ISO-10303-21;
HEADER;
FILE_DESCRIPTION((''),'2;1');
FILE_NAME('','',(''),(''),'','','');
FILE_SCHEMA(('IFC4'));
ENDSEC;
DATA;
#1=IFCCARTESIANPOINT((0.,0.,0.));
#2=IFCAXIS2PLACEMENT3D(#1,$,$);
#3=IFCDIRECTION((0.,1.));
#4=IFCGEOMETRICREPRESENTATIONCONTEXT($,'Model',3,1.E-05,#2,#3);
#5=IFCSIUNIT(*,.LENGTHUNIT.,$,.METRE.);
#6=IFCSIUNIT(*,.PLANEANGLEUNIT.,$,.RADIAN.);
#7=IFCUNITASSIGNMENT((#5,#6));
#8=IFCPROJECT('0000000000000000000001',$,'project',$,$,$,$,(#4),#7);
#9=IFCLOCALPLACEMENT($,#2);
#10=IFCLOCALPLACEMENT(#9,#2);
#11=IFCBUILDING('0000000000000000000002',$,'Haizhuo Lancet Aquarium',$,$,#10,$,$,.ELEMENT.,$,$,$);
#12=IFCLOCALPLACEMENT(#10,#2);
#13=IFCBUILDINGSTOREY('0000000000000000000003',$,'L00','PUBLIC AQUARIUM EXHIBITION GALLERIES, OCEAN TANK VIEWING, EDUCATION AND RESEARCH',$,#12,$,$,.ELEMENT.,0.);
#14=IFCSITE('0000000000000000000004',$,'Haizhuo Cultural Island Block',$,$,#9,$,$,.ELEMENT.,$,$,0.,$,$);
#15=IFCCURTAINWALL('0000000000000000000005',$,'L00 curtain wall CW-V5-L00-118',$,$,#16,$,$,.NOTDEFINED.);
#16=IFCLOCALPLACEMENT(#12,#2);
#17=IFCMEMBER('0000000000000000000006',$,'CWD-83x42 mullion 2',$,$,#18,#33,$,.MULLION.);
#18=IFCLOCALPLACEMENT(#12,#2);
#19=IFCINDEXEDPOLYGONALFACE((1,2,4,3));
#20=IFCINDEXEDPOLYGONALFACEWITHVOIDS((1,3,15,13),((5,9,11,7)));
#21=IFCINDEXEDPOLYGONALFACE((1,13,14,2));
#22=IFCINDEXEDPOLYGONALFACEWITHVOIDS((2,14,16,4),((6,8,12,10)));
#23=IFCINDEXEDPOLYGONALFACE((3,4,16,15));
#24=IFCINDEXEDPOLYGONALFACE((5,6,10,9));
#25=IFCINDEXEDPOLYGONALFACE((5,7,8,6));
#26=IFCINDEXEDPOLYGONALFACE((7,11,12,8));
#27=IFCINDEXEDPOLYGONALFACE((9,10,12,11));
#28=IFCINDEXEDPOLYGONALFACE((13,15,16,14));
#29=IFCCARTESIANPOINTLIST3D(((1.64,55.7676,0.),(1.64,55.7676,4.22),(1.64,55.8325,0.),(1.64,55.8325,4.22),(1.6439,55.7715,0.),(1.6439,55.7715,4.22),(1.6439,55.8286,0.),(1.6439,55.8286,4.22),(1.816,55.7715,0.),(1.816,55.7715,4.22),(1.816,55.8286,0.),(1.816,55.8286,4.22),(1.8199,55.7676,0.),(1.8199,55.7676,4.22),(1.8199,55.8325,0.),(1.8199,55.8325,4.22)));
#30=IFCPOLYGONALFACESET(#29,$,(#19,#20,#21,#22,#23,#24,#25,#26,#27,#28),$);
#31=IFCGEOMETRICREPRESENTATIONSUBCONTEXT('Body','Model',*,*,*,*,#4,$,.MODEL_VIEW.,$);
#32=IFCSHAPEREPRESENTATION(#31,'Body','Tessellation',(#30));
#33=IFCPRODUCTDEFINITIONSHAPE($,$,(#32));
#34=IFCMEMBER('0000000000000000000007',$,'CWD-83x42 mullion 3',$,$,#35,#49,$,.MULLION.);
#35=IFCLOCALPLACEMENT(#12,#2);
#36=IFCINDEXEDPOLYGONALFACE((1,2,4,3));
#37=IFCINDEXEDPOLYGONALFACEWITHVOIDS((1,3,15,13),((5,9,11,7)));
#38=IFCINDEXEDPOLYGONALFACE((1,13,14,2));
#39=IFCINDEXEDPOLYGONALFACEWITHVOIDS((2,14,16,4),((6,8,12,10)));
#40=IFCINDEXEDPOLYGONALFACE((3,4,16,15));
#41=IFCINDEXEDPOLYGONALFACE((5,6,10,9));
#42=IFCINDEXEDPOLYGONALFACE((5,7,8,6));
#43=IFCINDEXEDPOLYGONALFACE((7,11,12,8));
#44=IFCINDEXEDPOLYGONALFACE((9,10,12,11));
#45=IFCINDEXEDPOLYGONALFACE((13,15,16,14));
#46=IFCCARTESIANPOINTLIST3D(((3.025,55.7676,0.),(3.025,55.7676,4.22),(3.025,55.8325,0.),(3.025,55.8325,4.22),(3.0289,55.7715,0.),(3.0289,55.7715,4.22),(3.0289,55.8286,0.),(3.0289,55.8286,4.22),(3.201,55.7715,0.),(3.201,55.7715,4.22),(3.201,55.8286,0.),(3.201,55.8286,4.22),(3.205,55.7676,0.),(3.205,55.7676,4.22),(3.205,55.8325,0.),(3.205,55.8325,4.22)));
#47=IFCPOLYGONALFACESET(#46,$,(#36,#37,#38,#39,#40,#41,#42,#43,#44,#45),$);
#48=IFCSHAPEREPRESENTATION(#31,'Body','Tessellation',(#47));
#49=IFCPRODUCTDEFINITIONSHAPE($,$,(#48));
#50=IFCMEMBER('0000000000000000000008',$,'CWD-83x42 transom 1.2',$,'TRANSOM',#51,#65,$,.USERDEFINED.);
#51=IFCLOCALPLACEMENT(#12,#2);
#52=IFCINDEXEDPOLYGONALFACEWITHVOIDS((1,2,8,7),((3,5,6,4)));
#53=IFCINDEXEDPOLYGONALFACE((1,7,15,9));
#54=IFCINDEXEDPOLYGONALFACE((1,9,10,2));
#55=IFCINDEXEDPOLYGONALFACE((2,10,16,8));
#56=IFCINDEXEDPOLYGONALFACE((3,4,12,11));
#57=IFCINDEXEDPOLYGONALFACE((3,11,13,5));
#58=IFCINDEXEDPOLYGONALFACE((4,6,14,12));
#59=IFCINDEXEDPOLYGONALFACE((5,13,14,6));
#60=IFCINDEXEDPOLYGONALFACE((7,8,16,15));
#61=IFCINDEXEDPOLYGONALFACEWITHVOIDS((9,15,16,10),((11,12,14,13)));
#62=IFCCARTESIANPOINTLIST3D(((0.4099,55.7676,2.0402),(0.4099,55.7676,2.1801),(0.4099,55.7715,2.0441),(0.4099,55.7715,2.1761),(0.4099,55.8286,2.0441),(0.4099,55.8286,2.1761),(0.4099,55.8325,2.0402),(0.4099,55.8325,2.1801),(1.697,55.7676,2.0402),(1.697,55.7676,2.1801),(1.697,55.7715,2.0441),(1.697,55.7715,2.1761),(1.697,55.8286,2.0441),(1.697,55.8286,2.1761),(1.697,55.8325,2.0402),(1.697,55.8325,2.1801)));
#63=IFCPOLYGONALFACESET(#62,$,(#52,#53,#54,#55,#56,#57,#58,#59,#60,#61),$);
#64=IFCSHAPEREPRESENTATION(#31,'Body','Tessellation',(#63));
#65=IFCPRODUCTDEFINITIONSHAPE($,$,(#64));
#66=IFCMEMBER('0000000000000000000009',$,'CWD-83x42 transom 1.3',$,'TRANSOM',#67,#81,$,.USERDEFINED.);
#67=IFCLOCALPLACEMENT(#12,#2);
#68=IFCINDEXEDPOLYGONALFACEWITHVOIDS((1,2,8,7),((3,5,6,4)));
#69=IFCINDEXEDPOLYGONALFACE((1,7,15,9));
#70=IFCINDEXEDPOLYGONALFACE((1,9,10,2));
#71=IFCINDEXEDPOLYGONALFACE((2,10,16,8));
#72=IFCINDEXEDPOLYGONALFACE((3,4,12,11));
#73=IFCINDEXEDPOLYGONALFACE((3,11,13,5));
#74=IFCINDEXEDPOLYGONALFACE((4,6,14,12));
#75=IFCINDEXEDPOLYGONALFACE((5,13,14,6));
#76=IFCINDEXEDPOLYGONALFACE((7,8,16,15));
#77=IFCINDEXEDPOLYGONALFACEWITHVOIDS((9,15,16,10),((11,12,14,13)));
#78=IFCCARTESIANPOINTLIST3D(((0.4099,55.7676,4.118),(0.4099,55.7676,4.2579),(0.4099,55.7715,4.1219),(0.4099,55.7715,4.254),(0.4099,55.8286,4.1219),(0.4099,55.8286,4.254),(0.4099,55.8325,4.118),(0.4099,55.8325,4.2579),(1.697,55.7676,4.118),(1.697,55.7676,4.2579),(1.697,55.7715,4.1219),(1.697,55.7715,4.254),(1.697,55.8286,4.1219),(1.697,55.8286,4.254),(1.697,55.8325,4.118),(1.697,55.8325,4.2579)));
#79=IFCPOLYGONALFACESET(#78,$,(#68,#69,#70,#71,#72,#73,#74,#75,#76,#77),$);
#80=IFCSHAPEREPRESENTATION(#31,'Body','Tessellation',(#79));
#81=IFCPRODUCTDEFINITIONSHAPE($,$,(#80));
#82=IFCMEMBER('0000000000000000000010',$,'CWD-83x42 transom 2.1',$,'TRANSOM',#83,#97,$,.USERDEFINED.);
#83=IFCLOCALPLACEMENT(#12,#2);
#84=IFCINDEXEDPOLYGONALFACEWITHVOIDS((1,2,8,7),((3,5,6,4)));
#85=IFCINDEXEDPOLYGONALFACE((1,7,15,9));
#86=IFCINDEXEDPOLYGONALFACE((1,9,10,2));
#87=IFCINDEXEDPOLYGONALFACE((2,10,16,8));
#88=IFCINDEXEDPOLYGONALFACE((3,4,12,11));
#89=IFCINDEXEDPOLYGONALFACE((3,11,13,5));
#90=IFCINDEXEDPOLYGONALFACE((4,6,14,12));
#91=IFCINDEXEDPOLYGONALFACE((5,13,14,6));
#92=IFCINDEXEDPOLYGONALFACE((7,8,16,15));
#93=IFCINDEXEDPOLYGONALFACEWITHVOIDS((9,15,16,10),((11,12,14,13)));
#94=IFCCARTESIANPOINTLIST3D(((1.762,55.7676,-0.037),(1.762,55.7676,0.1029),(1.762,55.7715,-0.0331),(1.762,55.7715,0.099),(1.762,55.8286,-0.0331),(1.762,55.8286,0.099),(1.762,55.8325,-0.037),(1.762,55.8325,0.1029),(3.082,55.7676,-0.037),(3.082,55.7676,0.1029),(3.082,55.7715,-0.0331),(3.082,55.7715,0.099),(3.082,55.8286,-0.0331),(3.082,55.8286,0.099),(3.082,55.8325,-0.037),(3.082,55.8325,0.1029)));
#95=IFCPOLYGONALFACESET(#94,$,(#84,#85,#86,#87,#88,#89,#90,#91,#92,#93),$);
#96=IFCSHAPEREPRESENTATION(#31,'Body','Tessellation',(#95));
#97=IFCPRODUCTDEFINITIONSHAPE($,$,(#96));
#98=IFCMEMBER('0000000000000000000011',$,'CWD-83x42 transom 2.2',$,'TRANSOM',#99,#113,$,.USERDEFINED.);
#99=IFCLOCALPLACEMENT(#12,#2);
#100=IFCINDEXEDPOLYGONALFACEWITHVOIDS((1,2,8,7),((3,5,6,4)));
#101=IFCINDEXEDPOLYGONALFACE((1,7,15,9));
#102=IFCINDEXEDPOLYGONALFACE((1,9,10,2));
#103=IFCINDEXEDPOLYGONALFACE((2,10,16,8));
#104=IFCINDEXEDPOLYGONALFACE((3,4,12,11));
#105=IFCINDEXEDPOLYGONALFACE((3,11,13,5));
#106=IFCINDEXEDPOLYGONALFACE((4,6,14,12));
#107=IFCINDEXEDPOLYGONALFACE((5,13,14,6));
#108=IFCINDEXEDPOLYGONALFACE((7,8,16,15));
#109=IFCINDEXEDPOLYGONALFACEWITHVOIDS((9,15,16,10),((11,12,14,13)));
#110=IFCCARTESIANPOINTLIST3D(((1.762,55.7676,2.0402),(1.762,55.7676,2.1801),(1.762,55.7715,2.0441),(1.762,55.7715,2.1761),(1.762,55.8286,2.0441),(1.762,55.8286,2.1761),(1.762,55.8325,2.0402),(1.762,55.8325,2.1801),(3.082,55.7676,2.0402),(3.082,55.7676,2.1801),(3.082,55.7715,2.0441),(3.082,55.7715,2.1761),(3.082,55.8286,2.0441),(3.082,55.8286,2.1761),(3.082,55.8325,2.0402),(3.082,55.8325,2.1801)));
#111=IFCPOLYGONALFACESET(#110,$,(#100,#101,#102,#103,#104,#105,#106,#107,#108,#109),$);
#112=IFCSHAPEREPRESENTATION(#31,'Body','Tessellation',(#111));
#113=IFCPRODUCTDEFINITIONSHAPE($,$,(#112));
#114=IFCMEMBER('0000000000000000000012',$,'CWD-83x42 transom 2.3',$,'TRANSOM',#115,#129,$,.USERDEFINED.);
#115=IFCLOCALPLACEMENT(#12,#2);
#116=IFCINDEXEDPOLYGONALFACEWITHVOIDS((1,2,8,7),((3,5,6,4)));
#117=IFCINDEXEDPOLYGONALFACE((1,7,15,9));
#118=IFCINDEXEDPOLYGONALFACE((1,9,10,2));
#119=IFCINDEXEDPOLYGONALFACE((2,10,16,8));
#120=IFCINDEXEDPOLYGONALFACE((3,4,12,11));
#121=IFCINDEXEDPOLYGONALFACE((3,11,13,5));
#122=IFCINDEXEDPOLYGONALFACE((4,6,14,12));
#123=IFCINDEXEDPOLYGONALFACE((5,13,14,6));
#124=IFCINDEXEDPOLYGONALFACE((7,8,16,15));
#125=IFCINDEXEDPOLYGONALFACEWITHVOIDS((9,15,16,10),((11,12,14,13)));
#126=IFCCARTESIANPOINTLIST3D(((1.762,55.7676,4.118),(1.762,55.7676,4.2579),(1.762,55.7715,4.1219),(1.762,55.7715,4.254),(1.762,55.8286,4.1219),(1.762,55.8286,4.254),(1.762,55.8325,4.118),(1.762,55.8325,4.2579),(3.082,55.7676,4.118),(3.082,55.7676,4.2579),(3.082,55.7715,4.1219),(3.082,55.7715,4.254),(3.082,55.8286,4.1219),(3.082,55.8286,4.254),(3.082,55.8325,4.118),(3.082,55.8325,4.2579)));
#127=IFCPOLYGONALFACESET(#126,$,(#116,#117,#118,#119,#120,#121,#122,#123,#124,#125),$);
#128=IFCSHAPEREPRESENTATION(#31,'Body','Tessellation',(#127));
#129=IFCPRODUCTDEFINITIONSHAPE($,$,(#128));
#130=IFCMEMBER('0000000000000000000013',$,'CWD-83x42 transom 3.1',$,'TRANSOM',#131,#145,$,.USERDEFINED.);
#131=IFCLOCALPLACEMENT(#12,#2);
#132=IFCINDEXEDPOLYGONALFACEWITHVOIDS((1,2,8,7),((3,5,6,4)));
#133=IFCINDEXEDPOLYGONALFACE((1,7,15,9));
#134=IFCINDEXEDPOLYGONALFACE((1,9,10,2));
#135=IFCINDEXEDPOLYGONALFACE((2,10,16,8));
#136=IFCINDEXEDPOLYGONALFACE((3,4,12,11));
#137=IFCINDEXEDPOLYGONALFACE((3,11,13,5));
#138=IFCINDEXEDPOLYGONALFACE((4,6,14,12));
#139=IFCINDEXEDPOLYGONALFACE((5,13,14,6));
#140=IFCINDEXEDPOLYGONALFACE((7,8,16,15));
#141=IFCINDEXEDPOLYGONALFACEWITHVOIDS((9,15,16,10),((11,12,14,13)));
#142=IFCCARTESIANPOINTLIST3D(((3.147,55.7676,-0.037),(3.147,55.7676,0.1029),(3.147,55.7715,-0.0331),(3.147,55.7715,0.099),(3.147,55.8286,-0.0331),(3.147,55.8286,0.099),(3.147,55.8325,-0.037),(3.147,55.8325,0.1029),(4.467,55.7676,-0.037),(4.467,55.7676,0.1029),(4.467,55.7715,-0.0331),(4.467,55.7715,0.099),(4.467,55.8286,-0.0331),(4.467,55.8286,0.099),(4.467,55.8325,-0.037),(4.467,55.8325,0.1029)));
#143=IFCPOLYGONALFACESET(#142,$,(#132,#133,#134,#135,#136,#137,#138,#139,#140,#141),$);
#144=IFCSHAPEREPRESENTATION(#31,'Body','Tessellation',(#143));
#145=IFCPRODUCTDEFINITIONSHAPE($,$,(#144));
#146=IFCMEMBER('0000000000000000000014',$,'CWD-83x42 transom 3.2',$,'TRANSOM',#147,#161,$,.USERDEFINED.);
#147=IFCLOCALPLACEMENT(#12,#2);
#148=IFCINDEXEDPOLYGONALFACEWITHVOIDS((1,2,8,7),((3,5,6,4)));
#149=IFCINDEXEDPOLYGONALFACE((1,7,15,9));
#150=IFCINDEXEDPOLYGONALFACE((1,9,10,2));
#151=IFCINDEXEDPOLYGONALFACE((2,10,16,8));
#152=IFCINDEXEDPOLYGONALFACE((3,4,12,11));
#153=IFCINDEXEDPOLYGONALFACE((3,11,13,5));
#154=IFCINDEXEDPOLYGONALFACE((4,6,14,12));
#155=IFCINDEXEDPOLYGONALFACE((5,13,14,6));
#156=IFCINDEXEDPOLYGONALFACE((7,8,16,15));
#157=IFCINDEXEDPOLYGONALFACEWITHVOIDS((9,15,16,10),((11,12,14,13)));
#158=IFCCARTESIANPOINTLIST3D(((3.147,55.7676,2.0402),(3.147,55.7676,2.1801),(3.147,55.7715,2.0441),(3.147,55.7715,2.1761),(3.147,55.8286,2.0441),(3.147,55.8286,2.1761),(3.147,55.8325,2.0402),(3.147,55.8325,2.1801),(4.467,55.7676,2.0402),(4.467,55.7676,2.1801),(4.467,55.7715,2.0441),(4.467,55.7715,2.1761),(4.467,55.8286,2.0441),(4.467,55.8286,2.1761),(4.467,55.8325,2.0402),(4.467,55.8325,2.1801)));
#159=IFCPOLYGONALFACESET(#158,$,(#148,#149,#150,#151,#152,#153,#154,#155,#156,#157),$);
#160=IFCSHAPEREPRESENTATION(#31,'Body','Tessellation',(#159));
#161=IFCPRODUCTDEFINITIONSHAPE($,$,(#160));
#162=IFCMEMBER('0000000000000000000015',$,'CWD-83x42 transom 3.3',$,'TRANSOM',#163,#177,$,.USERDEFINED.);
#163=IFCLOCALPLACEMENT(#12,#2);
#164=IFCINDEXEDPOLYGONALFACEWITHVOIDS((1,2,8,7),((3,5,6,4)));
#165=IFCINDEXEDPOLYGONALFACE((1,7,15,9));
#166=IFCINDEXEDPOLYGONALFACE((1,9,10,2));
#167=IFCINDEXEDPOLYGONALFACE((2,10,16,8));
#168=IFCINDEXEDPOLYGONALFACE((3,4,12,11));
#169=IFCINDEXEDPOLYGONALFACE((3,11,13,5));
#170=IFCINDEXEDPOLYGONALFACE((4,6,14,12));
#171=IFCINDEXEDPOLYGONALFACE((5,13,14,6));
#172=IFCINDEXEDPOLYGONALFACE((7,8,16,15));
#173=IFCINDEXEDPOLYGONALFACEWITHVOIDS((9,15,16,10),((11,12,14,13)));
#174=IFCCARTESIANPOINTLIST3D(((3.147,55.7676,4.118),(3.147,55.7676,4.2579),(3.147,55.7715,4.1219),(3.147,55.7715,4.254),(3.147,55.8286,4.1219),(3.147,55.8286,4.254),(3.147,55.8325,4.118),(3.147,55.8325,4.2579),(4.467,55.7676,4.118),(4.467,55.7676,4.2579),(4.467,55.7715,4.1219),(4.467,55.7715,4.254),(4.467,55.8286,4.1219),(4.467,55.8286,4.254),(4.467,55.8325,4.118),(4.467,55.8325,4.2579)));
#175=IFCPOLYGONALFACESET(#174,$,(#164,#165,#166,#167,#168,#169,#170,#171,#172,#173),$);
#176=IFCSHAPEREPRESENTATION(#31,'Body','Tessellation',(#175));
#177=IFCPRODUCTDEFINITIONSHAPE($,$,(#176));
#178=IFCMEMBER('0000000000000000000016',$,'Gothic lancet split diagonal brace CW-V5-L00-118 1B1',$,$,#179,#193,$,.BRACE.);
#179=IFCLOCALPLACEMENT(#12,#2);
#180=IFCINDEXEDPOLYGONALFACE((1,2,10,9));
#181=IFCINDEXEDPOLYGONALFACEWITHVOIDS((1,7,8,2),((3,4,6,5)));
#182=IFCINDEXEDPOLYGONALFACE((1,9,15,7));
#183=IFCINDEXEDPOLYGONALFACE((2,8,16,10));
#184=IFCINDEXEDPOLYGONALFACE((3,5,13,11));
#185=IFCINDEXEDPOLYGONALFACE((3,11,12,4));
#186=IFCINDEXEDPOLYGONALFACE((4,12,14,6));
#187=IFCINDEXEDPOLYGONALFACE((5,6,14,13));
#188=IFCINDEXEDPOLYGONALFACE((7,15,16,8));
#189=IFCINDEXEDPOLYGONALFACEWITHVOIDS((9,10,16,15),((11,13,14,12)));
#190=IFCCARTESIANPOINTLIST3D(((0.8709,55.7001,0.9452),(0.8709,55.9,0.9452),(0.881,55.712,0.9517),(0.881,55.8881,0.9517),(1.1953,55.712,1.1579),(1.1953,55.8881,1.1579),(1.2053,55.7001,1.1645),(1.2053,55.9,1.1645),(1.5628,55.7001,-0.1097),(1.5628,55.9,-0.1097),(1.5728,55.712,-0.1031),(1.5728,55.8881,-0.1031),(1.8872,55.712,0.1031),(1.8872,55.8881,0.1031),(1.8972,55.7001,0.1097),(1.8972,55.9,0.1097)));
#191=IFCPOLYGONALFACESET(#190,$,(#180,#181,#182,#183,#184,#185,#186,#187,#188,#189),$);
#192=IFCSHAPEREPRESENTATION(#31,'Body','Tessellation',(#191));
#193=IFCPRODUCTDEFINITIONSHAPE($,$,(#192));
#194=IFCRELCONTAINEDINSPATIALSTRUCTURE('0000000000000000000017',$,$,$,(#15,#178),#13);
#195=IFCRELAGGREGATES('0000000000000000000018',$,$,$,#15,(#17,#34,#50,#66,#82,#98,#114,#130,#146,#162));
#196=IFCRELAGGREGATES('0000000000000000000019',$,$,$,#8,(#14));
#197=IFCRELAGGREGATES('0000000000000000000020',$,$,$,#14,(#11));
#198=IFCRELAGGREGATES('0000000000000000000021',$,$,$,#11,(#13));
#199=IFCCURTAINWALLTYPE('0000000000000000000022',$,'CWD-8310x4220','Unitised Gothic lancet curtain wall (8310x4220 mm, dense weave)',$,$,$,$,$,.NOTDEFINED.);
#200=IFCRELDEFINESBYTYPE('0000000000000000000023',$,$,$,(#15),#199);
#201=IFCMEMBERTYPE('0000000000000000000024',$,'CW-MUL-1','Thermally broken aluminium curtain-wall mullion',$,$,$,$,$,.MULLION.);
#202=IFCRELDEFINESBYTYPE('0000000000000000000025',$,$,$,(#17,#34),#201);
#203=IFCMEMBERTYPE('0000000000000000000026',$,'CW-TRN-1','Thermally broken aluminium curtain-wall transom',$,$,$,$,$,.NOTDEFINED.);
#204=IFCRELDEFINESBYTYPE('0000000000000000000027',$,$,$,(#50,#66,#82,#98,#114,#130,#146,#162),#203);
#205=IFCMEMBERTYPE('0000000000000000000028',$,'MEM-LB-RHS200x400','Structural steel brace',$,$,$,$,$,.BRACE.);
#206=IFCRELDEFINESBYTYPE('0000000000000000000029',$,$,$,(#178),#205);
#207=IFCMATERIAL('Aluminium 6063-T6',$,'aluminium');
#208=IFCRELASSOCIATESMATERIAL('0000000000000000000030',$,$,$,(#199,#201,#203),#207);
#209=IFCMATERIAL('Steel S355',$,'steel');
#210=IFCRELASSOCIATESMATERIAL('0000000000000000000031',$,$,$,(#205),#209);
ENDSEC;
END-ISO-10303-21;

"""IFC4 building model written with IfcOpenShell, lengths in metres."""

from ifc_helpers import new_model, si_unit, direction, frame, origin, origin_2d, place, context, subcontext, project, spatial, hollow_rectangle, extrude, material, material_profile, profile_set, type_object, element, aggregate, save


model = new_model("IFC4")

# Units and contexts
model_context = context("Model", 3, precision=1e-05, world=origin(), true_north=direction((0.0, 1.0)))
body_context = subcontext(model_context, "Body", "Model", "MODEL_VIEW")
ifc_project = project(units=[si_unit("LENGTHUNIT", "METRE"), si_unit("PLANEANGLEUNIT", "RADIAN")], contexts=[model_context])

# Site, building, storey
site_placement = place(None, origin())
site = spatial("IfcSite", under=ifc_project, at=site_placement, Name="Haizhuo Cultural Island Block", CompositionType="ELEMENT", RefElevation=0.0)
building_placement = place(site_placement, origin())
building = spatial("IfcBuilding", under=site, at=building_placement, Name="Haizhuo Lancet Aquarium", CompositionType="ELEMENT")
storey_placement = place(building_placement, origin())
storey = spatial("IfcBuildingStorey", under=building, at=storey_placement, Name="L00", Description="PUBLIC AQUARIUM EXHIBITION GALLERIES, OCEAN TANK VIEWING, EDUCATION AND RESEARCH", CompositionType="ELEMENT", Elevation=0.0)

# Curtain wall, members
ifc_material_1 = material(Name="Aluminium 6063-T6", Category="aluminium")
curtain_wall_type = type_object("IfcCurtainWallType", Name="CWD-8310x4220", Description="Unitised Gothic lancet curtain wall (8310x4220 mm, dense weave)", PredefinedType="NOTDEFINED", material=ifc_material_1)
curtain_wall_placement = place(storey_placement, origin())
curtain_wall = element("IfcCurtainWall", 1, at=curtain_wall_placement, inside=storey, type_object=curtain_wall_type, Name="L00 curtain wall CW-V5-L00-118", PredefinedType="NOTDEFINED")
ifc_material_profile_1 = material_profile(ifc_material_1, hollow_rectangle(XDim=0.0649, YDim=0.1799, WallThickness=0.0039, at=origin_2d()), Name="ALU-M 65x180x4")
ifc_profile_set_1 = profile_set([ifc_material_profile_1], Name="Aluminium 6063-T6")
member_type_1 = type_object("IfcMemberType", Name="CW-MUL-1", Description="Thermally broken aluminium curtain-wall mullion", PredefinedType="MULLION", material=ifc_profile_set_1)
member_1_placement = place(storey_placement, frame((1.73, 55.8, 0.0), z_axis=(0.0, 0.0, 1.0), x_axis=(0.0, 1.0, 0.0)))
member_1 = element("IfcMember", 2, at=member_1_placement, type_object=member_type_1, Name="CWD-83x42 mullion 2", PredefinedType="MULLION", context=body_context, shape_type="SweptSolid", body=[
    extrude(hollow_rectangle(XDim=0.0649, YDim=0.1799, WallThickness=0.0039, at=origin_2d()), origin(), (0.0, 0.0, 1.0), 4.22),
])
member_2_placement = place(storey_placement, frame((3.115, 55.8, 0.0), z_axis=(0.0, 0.0, 1.0), x_axis=(0.0, 1.0, 0.0)))
member_2 = element("IfcMember", 3, at=member_2_placement, type_object=member_type_1, Name="CWD-83x42 mullion 3", PredefinedType="MULLION", context=body_context, shape_type="SweptSolid", body=[
    extrude(hollow_rectangle(XDim=0.0649, YDim=0.1799, WallThickness=0.0039, at=origin_2d()), origin(), (0.0, 0.0, 1.0), 4.22),
])
ifc_material_profile_2 = material_profile(ifc_material_1, hollow_rectangle(XDim=0.0649, YDim=0.1399, WallThickness=0.0039, at=origin_2d()), Name="ALU-T 65x140x4")
ifc_profile_set_2 = profile_set([ifc_material_profile_2], Name="Aluminium 6063-T6")
member_type_2 = type_object("IfcMemberType", Name="CW-TRN-1", Description="Thermally broken aluminium curtain-wall transom", PredefinedType="NOTDEFINED", material=ifc_profile_set_2)
member_3_placement = place(storey_placement, frame((0.4099, 55.8, 2.1101), z_axis=(1.0, 0.0, 0.0), x_axis=(0.0, 1.0, 0.0)))
member_3 = element("IfcMember", 4, at=member_3_placement, type_object=member_type_2, Name="CWD-83x42 transom 1.2", ObjectType="TRANSOM", PredefinedType="USERDEFINED", context=body_context, shape_type="SweptSolid", body=[
    extrude(hollow_rectangle(XDim=0.0649, YDim=0.1399, WallThickness=0.0039, at=origin_2d()), origin(), (0.0, 0.0, 1.0), 1.2871),
])
member_4_placement = place(storey_placement, frame((0.4099, 55.8, 4.188), z_axis=(1.0, 0.0, 0.0), x_axis=(0.0, 1.0, 0.0)))
member_4 = element("IfcMember", 5, at=member_4_placement, type_object=member_type_2, Name="CWD-83x42 transom 1.3", ObjectType="TRANSOM", PredefinedType="USERDEFINED", context=body_context, shape_type="SweptSolid", body=[
    extrude(hollow_rectangle(XDim=0.0649, YDim=0.1399, WallThickness=0.0039, at=origin_2d()), origin(), (0.0, 0.0, 1.0), 1.2871),
])
member_5_placement = place(storey_placement, frame((1.762, 55.8, 0.033), z_axis=(1.0, 0.0, 0.0), x_axis=(0.0, 1.0, 0.0)))
member_5 = element("IfcMember", 6, at=member_5_placement, type_object=member_type_2, Name="CWD-83x42 transom 2.1", ObjectType="TRANSOM", PredefinedType="USERDEFINED", context=body_context, shape_type="SweptSolid", body=[
    extrude(hollow_rectangle(XDim=0.0649, YDim=0.1399, WallThickness=0.0039, at=origin_2d()), origin(), (0.0, 0.0, 1.0), 1.3201),
])
member_6_placement = place(storey_placement, frame((1.762, 55.8, 2.1101), z_axis=(1.0, 0.0, 0.0), x_axis=(0.0, 1.0, 0.0)))
member_6 = element("IfcMember", 7, at=member_6_placement, type_object=member_type_2, Name="CWD-83x42 transom 2.2", ObjectType="TRANSOM", PredefinedType="USERDEFINED", context=body_context, shape_type="SweptSolid", body=[
    extrude(hollow_rectangle(XDim=0.0649, YDim=0.1399, WallThickness=0.0039, at=origin_2d()), origin(), (0.0, 0.0, 1.0), 1.3201),
])
member_7_placement = place(storey_placement, frame((1.762, 55.8, 4.188), z_axis=(1.0, 0.0, 0.0), x_axis=(0.0, 1.0, 0.0)))
member_7 = element("IfcMember", 8, at=member_7_placement, type_object=member_type_2, Name="CWD-83x42 transom 2.3", ObjectType="TRANSOM", PredefinedType="USERDEFINED", context=body_context, shape_type="SweptSolid", body=[
    extrude(hollow_rectangle(XDim=0.0649, YDim=0.1399, WallThickness=0.0039, at=origin_2d()), origin(), (0.0, 0.0, 1.0), 1.3201),
])
member_8_placement = place(storey_placement, frame((3.147, 55.8, 0.033), z_axis=(1.0, 0.0, 0.0), x_axis=(0.0, 1.0, 0.0)))
member_8 = element("IfcMember", 9, at=member_8_placement, type_object=member_type_2, Name="CWD-83x42 transom 3.1", ObjectType="TRANSOM", PredefinedType="USERDEFINED", context=body_context, shape_type="SweptSolid", body=[
    extrude(hollow_rectangle(XDim=0.0649, YDim=0.1399, WallThickness=0.0039, at=origin_2d()), origin(), (0.0, 0.0, 1.0), 1.3201),
])
member_9_placement = place(storey_placement, frame((3.147, 55.8, 2.1101), z_axis=(1.0, 0.0, 0.0), x_axis=(0.0, 1.0, 0.0)))
member_9 = element("IfcMember", 10, at=member_9_placement, type_object=member_type_2, Name="CWD-83x42 transom 3.2", ObjectType="TRANSOM", PredefinedType="USERDEFINED", context=body_context, shape_type="SweptSolid", body=[
    extrude(hollow_rectangle(XDim=0.0649, YDim=0.1399, WallThickness=0.0039, at=origin_2d()), origin(), (0.0, 0.0, 1.0), 1.3201),
])
member_10_placement = place(storey_placement, frame((3.147, 55.8, 4.188), z_axis=(1.0, 0.0, 0.0), x_axis=(0.0, 1.0, 0.0)))
member_10 = element("IfcMember", 11, at=member_10_placement, type_object=member_type_2, Name="CWD-83x42 transom 3.3", ObjectType="TRANSOM", PredefinedType="USERDEFINED", context=body_context, shape_type="SweptSolid", body=[
    extrude(hollow_rectangle(XDim=0.0649, YDim=0.1399, WallThickness=0.0039, at=origin_2d()), origin(), (0.0, 0.0, 1.0), 1.3201),
])

# Member
ifc_material_2 = material(Name="Steel S355", Category="steel")
ifc_material_profile_3 = material_profile(ifc_material_2, hollow_rectangle(XDim=0.2, YDim=0.3999, WallThickness=0.012, at=origin_2d()), Name="RHS 200x400x12")
ifc_profile_set_3 = profile_set([ifc_material_profile_3], Name="Steel S355")
member_type_3 = type_object("IfcMemberType", Name="MEM-LB-RHS200x400", Description="Structural steel brace", PredefinedType="BRACE", material=ifc_profile_set_3)
member_11_placement = place(storey_placement, frame((1.73, 55.8, 0.0), z_axis=(-0.548432, 0.0, 0.836195), x_axis=(0.0, -1.0, 0.0)))
element("IfcMember", 12, at=member_11_placement, inside=storey, type_object=member_type_3, Name="Gothic lancet split diagonal brace CW-V5-L00-118 1B1", PredefinedType="BRACE", context=body_context, shape_type="SweptSolid", body=[
    extrude(hollow_rectangle(XDim=0.2, YDim=0.3999, WallThickness=0.012, at=origin_2d()), origin(), (0.0, 0.0, 1.0), 1.2615),
])

aggregate(curtain_wall, [member_1, member_2, member_3, member_4, member_5, member_6, member_7, member_8, member_9, member_10])

save(model, "model.ifc")
